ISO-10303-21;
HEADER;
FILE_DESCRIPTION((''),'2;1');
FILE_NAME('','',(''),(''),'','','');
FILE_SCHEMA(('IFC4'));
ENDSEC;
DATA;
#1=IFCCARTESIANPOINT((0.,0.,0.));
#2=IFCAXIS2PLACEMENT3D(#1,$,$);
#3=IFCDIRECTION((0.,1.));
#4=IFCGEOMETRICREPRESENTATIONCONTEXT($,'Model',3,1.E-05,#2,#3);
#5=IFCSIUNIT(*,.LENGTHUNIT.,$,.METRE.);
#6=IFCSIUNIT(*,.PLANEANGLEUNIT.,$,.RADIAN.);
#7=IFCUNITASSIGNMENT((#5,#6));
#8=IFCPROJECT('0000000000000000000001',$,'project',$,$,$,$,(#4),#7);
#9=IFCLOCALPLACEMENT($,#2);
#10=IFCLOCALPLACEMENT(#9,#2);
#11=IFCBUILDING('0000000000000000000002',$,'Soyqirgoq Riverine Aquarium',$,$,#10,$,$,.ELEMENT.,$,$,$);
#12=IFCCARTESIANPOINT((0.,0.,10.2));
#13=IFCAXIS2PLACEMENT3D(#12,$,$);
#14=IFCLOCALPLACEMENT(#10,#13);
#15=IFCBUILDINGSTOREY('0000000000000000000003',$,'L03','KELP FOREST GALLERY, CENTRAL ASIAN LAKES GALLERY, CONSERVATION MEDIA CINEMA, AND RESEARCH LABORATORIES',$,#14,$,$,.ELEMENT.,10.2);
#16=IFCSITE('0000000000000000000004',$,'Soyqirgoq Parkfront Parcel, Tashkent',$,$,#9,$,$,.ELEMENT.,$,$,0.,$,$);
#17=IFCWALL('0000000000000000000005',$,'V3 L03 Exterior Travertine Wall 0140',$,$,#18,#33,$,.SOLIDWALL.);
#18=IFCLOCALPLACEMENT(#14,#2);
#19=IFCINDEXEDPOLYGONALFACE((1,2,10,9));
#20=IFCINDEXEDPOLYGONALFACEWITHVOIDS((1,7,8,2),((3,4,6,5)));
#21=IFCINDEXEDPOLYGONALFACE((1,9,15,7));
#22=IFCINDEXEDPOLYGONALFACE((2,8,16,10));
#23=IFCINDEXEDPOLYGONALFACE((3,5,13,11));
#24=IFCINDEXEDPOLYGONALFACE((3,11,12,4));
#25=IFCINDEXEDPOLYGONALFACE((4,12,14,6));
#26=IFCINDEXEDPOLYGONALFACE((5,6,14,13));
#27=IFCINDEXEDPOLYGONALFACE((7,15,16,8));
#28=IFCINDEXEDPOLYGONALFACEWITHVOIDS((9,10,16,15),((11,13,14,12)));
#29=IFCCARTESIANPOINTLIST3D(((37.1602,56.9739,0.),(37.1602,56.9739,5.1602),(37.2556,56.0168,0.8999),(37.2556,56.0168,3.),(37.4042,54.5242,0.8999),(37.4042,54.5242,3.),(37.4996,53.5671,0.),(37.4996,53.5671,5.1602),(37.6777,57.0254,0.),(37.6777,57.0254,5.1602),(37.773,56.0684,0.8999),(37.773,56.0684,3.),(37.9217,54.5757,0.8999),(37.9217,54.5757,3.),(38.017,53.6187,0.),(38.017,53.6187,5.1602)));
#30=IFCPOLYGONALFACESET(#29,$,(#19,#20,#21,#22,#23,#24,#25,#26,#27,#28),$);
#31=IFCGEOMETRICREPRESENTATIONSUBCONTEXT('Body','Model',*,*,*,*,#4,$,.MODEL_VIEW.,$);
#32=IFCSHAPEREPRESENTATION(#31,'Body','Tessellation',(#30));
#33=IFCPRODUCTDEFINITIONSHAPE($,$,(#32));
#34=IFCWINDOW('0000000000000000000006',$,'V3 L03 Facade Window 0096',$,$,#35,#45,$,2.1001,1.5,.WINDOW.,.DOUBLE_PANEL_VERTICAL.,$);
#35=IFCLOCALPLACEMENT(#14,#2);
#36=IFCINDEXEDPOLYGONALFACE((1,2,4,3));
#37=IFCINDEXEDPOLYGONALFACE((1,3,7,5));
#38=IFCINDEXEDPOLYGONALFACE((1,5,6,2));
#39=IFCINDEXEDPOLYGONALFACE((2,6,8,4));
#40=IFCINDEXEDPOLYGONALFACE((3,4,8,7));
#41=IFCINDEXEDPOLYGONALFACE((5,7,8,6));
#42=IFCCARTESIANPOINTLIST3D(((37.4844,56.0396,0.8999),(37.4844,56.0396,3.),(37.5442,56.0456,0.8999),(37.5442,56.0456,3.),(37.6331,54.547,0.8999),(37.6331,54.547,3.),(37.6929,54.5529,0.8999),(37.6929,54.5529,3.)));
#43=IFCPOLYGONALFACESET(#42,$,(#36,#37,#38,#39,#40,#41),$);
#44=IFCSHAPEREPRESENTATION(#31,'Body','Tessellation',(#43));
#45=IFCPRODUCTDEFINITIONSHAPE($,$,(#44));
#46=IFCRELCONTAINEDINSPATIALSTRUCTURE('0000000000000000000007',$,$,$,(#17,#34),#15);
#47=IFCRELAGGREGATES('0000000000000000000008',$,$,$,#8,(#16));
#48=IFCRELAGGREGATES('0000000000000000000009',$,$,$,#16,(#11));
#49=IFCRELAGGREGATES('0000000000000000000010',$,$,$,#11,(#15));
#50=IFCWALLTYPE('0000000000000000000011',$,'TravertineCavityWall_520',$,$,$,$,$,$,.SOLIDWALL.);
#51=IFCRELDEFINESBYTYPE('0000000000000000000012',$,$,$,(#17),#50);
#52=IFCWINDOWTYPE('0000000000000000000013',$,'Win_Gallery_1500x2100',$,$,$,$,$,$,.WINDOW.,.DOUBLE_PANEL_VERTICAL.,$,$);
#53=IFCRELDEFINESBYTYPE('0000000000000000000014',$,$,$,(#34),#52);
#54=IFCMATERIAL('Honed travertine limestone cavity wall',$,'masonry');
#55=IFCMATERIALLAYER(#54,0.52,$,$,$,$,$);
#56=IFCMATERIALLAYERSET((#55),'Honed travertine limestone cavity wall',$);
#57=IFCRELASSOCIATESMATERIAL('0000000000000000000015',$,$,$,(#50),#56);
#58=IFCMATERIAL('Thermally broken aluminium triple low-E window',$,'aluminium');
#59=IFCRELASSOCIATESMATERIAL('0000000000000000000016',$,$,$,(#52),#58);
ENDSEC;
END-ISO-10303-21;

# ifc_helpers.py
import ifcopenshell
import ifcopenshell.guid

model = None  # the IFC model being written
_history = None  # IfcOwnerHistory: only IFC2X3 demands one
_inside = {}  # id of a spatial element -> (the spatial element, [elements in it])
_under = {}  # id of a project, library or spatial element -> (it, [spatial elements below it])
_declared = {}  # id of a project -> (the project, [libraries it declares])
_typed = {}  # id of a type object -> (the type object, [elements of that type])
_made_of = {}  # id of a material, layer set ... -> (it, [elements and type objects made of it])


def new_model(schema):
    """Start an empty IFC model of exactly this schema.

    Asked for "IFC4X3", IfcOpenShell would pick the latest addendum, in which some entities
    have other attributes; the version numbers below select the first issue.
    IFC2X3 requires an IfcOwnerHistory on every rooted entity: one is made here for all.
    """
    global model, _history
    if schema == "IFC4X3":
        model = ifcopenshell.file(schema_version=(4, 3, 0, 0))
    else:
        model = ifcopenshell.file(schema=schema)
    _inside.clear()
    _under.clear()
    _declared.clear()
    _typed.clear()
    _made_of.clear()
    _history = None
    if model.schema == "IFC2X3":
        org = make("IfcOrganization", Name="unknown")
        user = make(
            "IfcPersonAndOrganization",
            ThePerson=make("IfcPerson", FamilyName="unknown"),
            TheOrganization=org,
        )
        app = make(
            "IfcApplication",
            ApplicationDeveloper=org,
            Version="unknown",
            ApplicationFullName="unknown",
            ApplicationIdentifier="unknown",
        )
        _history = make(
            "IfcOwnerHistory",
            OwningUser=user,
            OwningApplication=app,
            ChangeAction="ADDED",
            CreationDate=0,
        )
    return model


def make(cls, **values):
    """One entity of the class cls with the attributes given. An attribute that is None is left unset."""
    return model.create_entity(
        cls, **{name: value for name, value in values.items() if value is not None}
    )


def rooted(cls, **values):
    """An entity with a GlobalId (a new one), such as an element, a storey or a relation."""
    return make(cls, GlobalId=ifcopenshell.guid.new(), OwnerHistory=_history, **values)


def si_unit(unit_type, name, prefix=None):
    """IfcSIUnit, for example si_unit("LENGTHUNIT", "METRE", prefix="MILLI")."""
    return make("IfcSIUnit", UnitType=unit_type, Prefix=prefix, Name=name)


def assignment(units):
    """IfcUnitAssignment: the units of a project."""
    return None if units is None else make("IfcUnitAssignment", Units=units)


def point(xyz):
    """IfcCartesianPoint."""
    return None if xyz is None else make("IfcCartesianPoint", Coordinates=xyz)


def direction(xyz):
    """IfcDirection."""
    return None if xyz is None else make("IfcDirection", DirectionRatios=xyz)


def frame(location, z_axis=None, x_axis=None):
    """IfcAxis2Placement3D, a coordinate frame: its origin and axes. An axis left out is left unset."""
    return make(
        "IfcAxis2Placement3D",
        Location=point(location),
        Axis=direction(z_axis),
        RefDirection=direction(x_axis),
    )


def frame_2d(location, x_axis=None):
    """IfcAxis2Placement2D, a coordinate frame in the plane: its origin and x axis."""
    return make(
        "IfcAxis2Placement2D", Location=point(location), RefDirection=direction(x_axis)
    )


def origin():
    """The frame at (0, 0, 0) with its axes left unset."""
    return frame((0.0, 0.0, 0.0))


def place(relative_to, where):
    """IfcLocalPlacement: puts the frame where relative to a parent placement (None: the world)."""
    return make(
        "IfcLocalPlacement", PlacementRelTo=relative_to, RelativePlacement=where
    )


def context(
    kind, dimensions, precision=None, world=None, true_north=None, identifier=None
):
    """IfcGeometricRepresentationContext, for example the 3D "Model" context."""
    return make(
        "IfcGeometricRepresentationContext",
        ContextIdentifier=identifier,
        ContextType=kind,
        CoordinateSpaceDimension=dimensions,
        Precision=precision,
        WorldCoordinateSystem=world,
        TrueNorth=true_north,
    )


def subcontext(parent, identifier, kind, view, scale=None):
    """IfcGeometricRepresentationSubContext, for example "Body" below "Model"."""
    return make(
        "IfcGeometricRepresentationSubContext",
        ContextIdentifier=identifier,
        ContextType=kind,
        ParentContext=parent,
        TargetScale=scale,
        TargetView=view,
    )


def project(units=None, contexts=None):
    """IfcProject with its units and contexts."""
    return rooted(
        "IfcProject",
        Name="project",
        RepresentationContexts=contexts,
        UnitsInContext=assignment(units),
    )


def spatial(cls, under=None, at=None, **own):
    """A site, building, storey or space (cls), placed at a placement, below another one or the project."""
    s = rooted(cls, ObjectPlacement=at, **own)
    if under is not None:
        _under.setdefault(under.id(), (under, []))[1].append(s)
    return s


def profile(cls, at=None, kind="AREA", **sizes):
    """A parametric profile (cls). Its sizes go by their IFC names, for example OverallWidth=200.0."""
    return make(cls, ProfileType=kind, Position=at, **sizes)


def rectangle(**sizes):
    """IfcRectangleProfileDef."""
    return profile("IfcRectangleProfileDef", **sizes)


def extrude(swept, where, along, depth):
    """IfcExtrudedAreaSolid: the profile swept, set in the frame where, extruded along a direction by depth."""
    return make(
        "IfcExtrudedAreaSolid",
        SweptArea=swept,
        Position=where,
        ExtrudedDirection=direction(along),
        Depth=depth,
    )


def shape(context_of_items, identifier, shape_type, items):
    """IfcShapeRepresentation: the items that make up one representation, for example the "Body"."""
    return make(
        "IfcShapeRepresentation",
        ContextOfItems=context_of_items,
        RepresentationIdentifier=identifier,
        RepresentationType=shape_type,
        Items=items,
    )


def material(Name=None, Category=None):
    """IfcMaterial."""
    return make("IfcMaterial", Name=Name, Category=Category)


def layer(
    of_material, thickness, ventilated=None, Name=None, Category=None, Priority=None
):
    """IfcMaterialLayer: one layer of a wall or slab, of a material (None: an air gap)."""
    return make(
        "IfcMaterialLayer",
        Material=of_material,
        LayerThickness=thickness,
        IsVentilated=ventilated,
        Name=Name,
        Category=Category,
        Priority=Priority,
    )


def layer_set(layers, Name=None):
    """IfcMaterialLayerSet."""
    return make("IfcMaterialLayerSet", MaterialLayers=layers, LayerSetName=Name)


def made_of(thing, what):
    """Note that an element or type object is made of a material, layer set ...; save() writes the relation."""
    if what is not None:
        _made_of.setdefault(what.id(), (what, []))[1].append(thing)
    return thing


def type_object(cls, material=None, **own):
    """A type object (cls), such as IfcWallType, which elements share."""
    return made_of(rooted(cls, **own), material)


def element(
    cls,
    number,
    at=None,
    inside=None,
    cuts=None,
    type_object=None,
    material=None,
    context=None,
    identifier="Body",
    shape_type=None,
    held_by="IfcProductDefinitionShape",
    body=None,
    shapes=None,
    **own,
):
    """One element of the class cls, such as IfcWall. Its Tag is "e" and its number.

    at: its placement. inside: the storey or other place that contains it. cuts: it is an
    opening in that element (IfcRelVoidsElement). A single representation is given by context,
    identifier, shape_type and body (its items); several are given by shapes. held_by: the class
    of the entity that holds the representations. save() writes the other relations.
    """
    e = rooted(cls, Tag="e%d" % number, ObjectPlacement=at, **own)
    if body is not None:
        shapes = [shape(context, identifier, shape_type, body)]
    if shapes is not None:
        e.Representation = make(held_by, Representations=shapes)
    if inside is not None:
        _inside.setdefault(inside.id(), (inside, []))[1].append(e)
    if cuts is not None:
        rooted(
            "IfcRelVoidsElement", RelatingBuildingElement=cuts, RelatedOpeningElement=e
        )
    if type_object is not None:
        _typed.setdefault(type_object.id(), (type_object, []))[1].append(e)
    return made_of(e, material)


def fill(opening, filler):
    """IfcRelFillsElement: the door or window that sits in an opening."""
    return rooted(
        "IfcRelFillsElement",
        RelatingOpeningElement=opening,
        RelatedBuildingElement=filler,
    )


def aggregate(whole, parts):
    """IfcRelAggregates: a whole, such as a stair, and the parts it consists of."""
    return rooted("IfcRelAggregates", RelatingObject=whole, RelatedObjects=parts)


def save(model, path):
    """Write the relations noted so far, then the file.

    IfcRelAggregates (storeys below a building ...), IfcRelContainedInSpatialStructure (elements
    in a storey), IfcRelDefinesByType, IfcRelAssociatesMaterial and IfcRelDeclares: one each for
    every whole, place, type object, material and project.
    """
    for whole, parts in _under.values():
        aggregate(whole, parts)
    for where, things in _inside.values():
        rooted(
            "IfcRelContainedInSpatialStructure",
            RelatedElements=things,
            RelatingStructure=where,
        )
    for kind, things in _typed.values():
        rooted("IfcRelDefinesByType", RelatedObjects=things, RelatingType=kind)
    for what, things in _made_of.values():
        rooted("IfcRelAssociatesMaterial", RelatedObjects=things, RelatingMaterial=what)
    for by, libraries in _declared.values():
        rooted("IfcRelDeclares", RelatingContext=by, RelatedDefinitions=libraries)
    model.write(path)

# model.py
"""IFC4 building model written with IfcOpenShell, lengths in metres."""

from ifc_helpers import new_model, si_unit, direction, frame, frame_2d, origin, place, context, subcontext, project, spatial, rectangle, extrude, material, layer, layer_set, type_object, element, fill, save


model = new_model("IFC4")

# Units and contexts
model_context = context("Model", 3, precision=1e-05, world=origin(), true_north=direction((0.0, 1.0)))
body_context = subcontext(model_context, "Body", "Model", "MODEL_VIEW")
ifc_project = project(units=[si_unit("LENGTHUNIT", "METRE"), si_unit("PLANEANGLEUNIT", "RADIAN")], contexts=[model_context])

# Site, building, storey
site_placement = place(None, origin())
site = spatial("IfcSite", under=ifc_project, at=site_placement, Name="Soyqirgoq Parkfront Parcel, Tashkent", CompositionType="ELEMENT", RefElevation=0.0)
building_placement = place(site_placement, origin())
building = spatial("IfcBuilding", under=site, at=building_placement, Name="Soyqirgoq Riverine Aquarium", CompositionType="ELEMENT")
storey_placement = place(building_placement, frame((0.0, 0.0, 10.2)))
storey = spatial("IfcBuildingStorey", under=building, at=storey_placement, Name="L03", Description="KELP FOREST GALLERY, CENTRAL ASIAN LAKES GALLERY, CONSERVATION MEDIA CINEMA, AND RESEARCH LABORATORIES", CompositionType="ELEMENT", Elevation=10.2)

# Wall, opening, window
ifc_material_1 = material(Name="Honed travertine limestone cavity wall", Category="masonry")
ifc_layer_1 = layer(ifc_material_1, 0.52)
ifc_layer_set_1 = layer_set([ifc_layer_1], Name="Honed travertine limestone cavity wall")
wall_type_1 = type_object("IfcWallType", Name="TravertineCavityWall_520", PredefinedType="SOLIDWALL", material=ifc_layer_set_1)
wall_1_placement = place(storey_placement, frame((37.4189, 56.9998, 0.0), z_axis=(0.0, 0.0, 1.0), x_axis=(0.099122, -0.995075, 0.0)))
wall_1 = element("IfcWall", 1, at=wall_1_placement, inside=storey, type_object=wall_type_1, Name="V3 L03 Exterior Travertine Wall 0140", PredefinedType="SOLIDWALL", context=body_context, shape_type="SweptSolid", body=[
    extrude(rectangle(XDim=3.4236, YDim=0.52, at=frame_2d((1.7119, 0.0))), origin(), (0.0, 0.0, 1.0), 5.1602),
])
opening_1_placement = place(wall_1_placement, frame((0.9619, 0.0, 0.8999)))
opening_1 = element("IfcOpeningElement", 2, at=opening_1_placement, cuts=wall_1, PredefinedType="OPENING", context=body_context, shape_type="SweptSolid", body=[
    extrude(rectangle(XDim=1.5, YDim=2.1001, at=frame_2d((0.75, 1.05))), frame((0.0, 0.27, 0.0), z_axis=(0.0, -1.0, 0.0), x_axis=(1.0, 0.0, 0.0)), (0.0, 0.0, 1.0), 0.54),
])
ifc_material_2 = material(Name="Thermally broken aluminium triple low-E window", Category="aluminium")
window_type_1 = type_object("IfcWindowType", Name="Win_Gallery_1500x2100", PartitioningType="DOUBLE_PANEL_VERTICAL", PredefinedType="WINDOW", material=ifc_material_2)
window_1_placement = place(opening_1_placement, origin())
window_1 = element("IfcWindow", 3, at=window_1_placement, inside=storey, type_object=window_type_1, Name="V3 L03 Facade Window 0096", OverallHeight=2.1001, OverallWidth=1.5, PartitioningType="DOUBLE_PANEL_VERTICAL", PredefinedType="WINDOW", context=body_context, shape_type="SweptSolid", body=[
    extrude(rectangle(XDim=1.5, YDim=2.1001, at=frame_2d((0.75, 1.05))), frame((0.0, 0.03, 0.0), z_axis=(0.0, -1.0, 0.0), x_axis=(1.0, 0.0, 0.0)), (0.0, 0.0, 1.0), 0.0601),
])
fill(opening_1, window_1)

save(model, "model.ifc")
